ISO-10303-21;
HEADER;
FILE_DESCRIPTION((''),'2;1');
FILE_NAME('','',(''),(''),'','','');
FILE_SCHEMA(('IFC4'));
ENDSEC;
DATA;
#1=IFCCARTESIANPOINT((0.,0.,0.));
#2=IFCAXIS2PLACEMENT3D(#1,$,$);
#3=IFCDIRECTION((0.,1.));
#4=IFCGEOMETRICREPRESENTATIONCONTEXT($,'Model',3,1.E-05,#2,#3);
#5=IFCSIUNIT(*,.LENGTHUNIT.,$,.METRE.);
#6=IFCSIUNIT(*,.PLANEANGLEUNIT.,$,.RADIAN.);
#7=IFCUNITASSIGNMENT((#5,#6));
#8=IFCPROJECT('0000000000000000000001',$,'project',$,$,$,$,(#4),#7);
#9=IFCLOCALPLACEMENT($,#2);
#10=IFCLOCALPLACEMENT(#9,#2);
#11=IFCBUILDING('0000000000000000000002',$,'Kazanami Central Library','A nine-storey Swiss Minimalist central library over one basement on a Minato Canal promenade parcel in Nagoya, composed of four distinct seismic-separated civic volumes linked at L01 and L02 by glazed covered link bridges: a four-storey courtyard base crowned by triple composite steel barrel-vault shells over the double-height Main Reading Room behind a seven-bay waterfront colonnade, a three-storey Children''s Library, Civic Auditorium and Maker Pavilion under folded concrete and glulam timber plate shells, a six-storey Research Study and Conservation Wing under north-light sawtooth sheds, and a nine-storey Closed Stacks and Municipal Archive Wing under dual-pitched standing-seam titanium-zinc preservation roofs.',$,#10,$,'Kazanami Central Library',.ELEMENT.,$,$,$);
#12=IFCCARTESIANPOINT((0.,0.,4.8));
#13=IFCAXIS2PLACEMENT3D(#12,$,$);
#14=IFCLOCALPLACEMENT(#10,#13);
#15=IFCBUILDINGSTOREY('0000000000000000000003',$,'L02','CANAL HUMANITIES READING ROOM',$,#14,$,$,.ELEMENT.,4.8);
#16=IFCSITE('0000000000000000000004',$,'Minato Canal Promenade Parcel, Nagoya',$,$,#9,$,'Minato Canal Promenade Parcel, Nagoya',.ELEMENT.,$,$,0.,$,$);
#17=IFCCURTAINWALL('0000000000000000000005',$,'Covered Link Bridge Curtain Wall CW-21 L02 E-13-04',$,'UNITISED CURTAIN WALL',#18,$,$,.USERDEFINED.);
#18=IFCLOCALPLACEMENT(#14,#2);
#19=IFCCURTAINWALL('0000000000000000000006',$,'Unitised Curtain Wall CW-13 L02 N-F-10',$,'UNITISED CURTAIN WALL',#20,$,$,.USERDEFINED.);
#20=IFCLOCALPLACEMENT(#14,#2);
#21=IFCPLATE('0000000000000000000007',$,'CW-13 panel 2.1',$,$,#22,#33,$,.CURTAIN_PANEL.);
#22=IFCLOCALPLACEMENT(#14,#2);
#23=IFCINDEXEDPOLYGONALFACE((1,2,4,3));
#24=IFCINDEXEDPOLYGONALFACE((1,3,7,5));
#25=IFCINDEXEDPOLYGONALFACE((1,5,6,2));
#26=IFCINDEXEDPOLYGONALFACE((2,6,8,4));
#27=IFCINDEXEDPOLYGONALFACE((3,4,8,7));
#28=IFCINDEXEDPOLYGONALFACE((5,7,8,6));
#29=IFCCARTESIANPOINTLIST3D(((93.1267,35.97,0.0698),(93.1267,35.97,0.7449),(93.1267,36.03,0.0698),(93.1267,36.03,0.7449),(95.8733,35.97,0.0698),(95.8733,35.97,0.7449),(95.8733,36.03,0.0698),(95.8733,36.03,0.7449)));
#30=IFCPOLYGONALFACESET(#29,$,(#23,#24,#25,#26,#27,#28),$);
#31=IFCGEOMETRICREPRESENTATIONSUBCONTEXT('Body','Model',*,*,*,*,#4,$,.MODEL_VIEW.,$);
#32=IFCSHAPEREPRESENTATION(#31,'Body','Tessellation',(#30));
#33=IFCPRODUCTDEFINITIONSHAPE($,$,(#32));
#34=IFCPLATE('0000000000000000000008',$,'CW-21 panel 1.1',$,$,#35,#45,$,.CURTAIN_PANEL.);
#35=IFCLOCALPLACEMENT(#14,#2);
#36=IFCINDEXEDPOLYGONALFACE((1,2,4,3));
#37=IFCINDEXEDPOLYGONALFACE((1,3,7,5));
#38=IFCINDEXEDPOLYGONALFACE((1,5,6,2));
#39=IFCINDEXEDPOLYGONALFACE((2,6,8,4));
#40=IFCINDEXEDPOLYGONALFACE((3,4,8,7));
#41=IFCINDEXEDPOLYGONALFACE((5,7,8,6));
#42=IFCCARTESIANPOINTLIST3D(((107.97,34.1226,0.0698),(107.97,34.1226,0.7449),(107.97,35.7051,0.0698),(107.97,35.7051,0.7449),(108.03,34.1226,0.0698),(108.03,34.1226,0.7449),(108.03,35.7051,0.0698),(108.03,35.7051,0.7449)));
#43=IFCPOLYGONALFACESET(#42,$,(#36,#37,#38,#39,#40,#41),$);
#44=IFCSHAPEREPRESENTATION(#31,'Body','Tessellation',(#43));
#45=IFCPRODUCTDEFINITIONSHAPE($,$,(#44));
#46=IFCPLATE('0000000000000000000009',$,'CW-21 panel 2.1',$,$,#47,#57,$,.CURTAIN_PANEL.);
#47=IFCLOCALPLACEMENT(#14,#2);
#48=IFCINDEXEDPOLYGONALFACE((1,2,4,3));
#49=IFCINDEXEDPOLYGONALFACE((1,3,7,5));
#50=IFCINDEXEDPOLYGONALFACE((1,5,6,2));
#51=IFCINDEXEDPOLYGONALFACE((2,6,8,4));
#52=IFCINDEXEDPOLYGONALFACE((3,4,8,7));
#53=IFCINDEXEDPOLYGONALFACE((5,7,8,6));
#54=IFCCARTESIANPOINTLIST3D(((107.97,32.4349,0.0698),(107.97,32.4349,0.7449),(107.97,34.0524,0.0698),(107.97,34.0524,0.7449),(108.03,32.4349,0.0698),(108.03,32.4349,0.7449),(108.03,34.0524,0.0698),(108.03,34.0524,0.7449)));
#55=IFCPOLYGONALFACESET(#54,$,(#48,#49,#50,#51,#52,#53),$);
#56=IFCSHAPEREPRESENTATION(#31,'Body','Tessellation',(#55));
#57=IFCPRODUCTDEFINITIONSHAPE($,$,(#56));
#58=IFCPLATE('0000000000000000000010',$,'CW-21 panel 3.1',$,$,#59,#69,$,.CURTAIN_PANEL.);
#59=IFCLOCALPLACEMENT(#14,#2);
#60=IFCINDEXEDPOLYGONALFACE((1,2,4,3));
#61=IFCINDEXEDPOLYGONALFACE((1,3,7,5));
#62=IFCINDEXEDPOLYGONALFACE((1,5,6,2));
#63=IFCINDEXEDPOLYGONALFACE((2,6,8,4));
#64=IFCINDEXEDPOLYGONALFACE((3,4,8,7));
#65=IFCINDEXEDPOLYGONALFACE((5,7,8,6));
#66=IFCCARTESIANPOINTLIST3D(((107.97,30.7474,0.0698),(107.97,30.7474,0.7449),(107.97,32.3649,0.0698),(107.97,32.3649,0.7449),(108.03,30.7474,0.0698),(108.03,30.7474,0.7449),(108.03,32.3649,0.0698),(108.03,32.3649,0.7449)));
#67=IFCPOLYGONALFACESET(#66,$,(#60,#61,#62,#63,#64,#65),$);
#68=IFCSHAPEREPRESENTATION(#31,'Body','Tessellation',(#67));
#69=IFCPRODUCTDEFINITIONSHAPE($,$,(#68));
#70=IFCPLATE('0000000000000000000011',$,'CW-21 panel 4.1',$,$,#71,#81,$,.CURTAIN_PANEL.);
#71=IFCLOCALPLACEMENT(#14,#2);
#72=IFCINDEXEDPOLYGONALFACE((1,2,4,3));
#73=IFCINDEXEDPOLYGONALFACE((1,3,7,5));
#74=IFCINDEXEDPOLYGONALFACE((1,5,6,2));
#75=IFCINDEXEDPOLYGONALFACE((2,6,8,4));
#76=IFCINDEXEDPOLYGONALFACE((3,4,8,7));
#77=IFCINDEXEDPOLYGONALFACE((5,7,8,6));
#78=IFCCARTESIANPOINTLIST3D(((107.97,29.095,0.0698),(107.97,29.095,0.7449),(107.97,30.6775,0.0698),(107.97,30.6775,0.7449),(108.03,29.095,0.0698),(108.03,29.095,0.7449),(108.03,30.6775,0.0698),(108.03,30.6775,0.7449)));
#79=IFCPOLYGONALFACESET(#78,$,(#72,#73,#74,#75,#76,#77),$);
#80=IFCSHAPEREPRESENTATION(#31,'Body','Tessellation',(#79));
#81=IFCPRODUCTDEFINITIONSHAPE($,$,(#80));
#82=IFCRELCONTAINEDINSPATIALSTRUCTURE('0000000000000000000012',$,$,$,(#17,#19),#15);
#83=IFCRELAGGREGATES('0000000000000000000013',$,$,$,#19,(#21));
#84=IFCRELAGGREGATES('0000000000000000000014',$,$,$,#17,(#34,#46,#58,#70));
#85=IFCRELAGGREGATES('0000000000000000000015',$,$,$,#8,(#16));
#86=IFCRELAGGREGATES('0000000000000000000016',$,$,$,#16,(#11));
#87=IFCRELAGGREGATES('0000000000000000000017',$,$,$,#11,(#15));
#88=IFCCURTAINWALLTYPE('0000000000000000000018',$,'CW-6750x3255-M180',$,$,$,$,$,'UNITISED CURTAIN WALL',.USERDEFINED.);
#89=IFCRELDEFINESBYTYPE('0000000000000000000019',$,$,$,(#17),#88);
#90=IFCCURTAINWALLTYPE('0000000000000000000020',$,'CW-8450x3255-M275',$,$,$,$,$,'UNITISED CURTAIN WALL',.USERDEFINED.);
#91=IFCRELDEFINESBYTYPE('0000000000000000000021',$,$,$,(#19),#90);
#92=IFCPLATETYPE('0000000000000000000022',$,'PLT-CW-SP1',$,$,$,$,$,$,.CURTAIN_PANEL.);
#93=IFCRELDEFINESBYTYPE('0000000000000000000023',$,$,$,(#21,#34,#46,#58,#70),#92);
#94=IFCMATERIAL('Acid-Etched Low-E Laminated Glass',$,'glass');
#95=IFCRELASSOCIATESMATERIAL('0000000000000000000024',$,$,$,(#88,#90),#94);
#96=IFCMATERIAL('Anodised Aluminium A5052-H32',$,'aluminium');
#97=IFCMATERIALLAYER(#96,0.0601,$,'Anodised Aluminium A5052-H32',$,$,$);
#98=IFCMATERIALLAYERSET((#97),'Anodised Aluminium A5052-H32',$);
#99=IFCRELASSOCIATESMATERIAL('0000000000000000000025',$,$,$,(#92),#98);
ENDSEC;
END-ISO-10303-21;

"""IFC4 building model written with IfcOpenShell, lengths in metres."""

from ifc_helpers import new_model, si_unit, direction, frame, origin, origin_2d, place, context, subcontext, project, spatial, rectangle, extrude, material, layer, layer_set, type_object, element, aggregate, save


model = new_model("IFC4")

# Units and contexts
model_context = context("Model", 3, precision=1e-05, world=origin(), true_north=direction((0.0, 1.0)))
body_context = subcontext(model_context, "Body", "Model", "MODEL_VIEW")
ifc_project = project(units=[si_unit("LENGTHUNIT", "METRE"), si_unit("PLANEANGLEUNIT", "RADIAN")], contexts=[model_context])

# Site, building, storey
site_placement = place(None, origin())
site = spatial("IfcSite", under=ifc_project, at=site_placement, Name="Minato Canal Promenade Parcel, Nagoya", LongName="Minato Canal Promenade Parcel, Nagoya", CompositionType="ELEMENT", RefElevation=0.0)
building_placement = place(site_placement, origin())
building = spatial("IfcBuilding", under=site, at=building_placement, Name="Kazanami Central Library", Description="A nine-storey Swiss Minimalist central library over one basement on a Minato Canal promenade parcel in Nagoya, composed of four distinct seismic-separated civic volumes linked at L01 and L02 by glazed covered link bridges: a four-storey courtyard base crowned by triple composite steel barrel-vault shells over the double-height Main Reading Room behind a seven-bay waterfront colonnade, a three-storey Children's Library, Civic Auditorium and Maker Pavilion under folded concrete and glulam timber plate shells, a six-storey Research Study and Conservation Wing under north-light sawtooth sheds, and a nine-storey Closed Stacks and Municipal Archive Wing under dual-pitched standing-seam titanium-zinc preservation roofs.", LongName="Kazanami Central Library", CompositionType="ELEMENT")
storey_placement = place(building_placement, frame((0.0, 0.0, 4.8)))
storey = spatial("IfcBuildingStorey", under=building, at=storey_placement, Name="L02", Description="CANAL HUMANITIES READING ROOM", CompositionType="ELEMENT", Elevation=4.8)

# Shared definitions
ifc_material_1 = material(Name="Acid-Etched Low-E Laminated Glass", Category="glass")
curtain_wall_type_1 = type_object("IfcCurtainWallType", Name="CW-6750x3255-M180", ElementType="UNITISED CURTAIN WALL", PredefinedType="USERDEFINED", material=ifc_material_1)

# Curtain wall
curtain_wall_1_placement = place(storey_placement, origin())
curtain_wall_1 = element("IfcCurtainWall", 1, at=curtain_wall_1_placement, inside=storey, type_object=curtain_wall_type_1, Name="Covered Link Bridge Curtain Wall CW-21 L02 E-13-04", ObjectType="UNITISED CURTAIN WALL", PredefinedType="USERDEFINED")

# Curtain wall
curtain_wall_type_2 = type_object("IfcCurtainWallType", Name="CW-8450x3255-M275", ElementType="UNITISED CURTAIN WALL", PredefinedType="USERDEFINED", material=ifc_material_1)
curtain_wall_2_placement = place(storey_placement, origin())
curtain_wall_2 = element("IfcCurtainWall", 2, at=curtain_wall_2_placement, inside=storey, type_object=curtain_wall_type_2, Name="Unitised Curtain Wall CW-13 L02 N-F-10", ObjectType="UNITISED CURTAIN WALL", PredefinedType="USERDEFINED")

# Plates
ifc_material_2 = material(Name="Anodised Aluminium A5052-H32", Category="aluminium")
ifc_layer_1 = layer(ifc_material_2, 0.0601, Name="Anodised Aluminium A5052-H32")
ifc_layer_set_1 = layer_set([ifc_layer_1], Name="Anodised Aluminium A5052-H32")
plate_type_1 = type_object("IfcPlateType", Name="PLT-CW-SP1", PredefinedType="CURTAIN_PANEL", material=ifc_layer_set_1)
plate_1_placement = place(storey_placement, frame((94.5, 36.0, 0.0698), z_axis=(0.0, 0.0, 1.0), x_axis=(-1.0, 0.0, 0.0)))
plate_1 = element("IfcPlate", 3, at=plate_1_placement, type_object=plate_type_1, Name="CW-13 panel 2.1", PredefinedType="CURTAIN_PANEL", context=body_context, shape_type="SweptSolid", body=[
    extrude(rectangle(XDim=2.7466, YDim=0.0601, at=origin_2d()), origin(), (0.0, 0.0, 1.0), 0.675),
])
aggregate(curtain_wall_2, [plate_1])
plate_2_placement = place(storey_placement, frame((108.0, 34.9138, 0.0698), z_axis=(0.0, 0.0, 1.0), x_axis=(0.0, -1.0, 0.0)))
plate_2 = element("IfcPlate", 4, at=plate_2_placement, type_object=plate_type_1, Name="CW-21 panel 1.1", PredefinedType="CURTAIN_PANEL", context=body_context, shape_type="SweptSolid", body=[
    extrude(rectangle(XDim=1.5825, YDim=0.0601, at=origin_2d()), origin(), (0.0, 0.0, 1.0), 0.675),
])
plate_3_placement = place(storey_placement, frame((108.0, 33.2437, 0.0698), z_axis=(0.0, 0.0, 1.0), x_axis=(0.0, -1.0, 0.0)))
plate_3 = element("IfcPlate", 5, at=plate_3_placement, type_object=plate_type_1, Name="CW-21 panel 2.1", PredefinedType="CURTAIN_PANEL", context=body_context, shape_type="SweptSolid", body=[
    extrude(rectangle(XDim=1.6174, YDim=0.0601, at=origin_2d()), origin(), (0.0, 0.0, 1.0), 0.675),
])
plate_4_placement = place(storey_placement, frame((108.0, 31.5562, 0.0698), z_axis=(0.0, 0.0, 1.0), x_axis=(0.0, -1.0, 0.0)))
plate_4 = element("IfcPlate", 6, at=plate_4_placement, type_object=plate_type_1, Name="CW-21 panel 3.1", PredefinedType="CURTAIN_PANEL", context=body_context, shape_type="SweptSolid", body=[
    extrude(rectangle(XDim=1.6174, YDim=0.0601, at=origin_2d()), origin(), (0.0, 0.0, 1.0), 0.675),
])
plate_5_placement = place(storey_placement, frame((108.0, 29.8862, 0.0698), z_axis=(0.0, 0.0, 1.0), x_axis=(0.0, -1.0, 0.0)))
plate_5 = element("IfcPlate", 7, at=plate_5_placement, type_object=plate_type_1, Name="CW-21 panel 4.1", PredefinedType="CURTAIN_PANEL", context=body_context, shape_type="SweptSolid", body=[
    extrude(rectangle(XDim=1.5825, YDim=0.0601, at=origin_2d()), origin(), (0.0, 0.0, 1.0), 0.675),
])
aggregate(curtain_wall_1, [plate_2, plate_3, plate_4, plate_5])

save(model, "model.ifc")
